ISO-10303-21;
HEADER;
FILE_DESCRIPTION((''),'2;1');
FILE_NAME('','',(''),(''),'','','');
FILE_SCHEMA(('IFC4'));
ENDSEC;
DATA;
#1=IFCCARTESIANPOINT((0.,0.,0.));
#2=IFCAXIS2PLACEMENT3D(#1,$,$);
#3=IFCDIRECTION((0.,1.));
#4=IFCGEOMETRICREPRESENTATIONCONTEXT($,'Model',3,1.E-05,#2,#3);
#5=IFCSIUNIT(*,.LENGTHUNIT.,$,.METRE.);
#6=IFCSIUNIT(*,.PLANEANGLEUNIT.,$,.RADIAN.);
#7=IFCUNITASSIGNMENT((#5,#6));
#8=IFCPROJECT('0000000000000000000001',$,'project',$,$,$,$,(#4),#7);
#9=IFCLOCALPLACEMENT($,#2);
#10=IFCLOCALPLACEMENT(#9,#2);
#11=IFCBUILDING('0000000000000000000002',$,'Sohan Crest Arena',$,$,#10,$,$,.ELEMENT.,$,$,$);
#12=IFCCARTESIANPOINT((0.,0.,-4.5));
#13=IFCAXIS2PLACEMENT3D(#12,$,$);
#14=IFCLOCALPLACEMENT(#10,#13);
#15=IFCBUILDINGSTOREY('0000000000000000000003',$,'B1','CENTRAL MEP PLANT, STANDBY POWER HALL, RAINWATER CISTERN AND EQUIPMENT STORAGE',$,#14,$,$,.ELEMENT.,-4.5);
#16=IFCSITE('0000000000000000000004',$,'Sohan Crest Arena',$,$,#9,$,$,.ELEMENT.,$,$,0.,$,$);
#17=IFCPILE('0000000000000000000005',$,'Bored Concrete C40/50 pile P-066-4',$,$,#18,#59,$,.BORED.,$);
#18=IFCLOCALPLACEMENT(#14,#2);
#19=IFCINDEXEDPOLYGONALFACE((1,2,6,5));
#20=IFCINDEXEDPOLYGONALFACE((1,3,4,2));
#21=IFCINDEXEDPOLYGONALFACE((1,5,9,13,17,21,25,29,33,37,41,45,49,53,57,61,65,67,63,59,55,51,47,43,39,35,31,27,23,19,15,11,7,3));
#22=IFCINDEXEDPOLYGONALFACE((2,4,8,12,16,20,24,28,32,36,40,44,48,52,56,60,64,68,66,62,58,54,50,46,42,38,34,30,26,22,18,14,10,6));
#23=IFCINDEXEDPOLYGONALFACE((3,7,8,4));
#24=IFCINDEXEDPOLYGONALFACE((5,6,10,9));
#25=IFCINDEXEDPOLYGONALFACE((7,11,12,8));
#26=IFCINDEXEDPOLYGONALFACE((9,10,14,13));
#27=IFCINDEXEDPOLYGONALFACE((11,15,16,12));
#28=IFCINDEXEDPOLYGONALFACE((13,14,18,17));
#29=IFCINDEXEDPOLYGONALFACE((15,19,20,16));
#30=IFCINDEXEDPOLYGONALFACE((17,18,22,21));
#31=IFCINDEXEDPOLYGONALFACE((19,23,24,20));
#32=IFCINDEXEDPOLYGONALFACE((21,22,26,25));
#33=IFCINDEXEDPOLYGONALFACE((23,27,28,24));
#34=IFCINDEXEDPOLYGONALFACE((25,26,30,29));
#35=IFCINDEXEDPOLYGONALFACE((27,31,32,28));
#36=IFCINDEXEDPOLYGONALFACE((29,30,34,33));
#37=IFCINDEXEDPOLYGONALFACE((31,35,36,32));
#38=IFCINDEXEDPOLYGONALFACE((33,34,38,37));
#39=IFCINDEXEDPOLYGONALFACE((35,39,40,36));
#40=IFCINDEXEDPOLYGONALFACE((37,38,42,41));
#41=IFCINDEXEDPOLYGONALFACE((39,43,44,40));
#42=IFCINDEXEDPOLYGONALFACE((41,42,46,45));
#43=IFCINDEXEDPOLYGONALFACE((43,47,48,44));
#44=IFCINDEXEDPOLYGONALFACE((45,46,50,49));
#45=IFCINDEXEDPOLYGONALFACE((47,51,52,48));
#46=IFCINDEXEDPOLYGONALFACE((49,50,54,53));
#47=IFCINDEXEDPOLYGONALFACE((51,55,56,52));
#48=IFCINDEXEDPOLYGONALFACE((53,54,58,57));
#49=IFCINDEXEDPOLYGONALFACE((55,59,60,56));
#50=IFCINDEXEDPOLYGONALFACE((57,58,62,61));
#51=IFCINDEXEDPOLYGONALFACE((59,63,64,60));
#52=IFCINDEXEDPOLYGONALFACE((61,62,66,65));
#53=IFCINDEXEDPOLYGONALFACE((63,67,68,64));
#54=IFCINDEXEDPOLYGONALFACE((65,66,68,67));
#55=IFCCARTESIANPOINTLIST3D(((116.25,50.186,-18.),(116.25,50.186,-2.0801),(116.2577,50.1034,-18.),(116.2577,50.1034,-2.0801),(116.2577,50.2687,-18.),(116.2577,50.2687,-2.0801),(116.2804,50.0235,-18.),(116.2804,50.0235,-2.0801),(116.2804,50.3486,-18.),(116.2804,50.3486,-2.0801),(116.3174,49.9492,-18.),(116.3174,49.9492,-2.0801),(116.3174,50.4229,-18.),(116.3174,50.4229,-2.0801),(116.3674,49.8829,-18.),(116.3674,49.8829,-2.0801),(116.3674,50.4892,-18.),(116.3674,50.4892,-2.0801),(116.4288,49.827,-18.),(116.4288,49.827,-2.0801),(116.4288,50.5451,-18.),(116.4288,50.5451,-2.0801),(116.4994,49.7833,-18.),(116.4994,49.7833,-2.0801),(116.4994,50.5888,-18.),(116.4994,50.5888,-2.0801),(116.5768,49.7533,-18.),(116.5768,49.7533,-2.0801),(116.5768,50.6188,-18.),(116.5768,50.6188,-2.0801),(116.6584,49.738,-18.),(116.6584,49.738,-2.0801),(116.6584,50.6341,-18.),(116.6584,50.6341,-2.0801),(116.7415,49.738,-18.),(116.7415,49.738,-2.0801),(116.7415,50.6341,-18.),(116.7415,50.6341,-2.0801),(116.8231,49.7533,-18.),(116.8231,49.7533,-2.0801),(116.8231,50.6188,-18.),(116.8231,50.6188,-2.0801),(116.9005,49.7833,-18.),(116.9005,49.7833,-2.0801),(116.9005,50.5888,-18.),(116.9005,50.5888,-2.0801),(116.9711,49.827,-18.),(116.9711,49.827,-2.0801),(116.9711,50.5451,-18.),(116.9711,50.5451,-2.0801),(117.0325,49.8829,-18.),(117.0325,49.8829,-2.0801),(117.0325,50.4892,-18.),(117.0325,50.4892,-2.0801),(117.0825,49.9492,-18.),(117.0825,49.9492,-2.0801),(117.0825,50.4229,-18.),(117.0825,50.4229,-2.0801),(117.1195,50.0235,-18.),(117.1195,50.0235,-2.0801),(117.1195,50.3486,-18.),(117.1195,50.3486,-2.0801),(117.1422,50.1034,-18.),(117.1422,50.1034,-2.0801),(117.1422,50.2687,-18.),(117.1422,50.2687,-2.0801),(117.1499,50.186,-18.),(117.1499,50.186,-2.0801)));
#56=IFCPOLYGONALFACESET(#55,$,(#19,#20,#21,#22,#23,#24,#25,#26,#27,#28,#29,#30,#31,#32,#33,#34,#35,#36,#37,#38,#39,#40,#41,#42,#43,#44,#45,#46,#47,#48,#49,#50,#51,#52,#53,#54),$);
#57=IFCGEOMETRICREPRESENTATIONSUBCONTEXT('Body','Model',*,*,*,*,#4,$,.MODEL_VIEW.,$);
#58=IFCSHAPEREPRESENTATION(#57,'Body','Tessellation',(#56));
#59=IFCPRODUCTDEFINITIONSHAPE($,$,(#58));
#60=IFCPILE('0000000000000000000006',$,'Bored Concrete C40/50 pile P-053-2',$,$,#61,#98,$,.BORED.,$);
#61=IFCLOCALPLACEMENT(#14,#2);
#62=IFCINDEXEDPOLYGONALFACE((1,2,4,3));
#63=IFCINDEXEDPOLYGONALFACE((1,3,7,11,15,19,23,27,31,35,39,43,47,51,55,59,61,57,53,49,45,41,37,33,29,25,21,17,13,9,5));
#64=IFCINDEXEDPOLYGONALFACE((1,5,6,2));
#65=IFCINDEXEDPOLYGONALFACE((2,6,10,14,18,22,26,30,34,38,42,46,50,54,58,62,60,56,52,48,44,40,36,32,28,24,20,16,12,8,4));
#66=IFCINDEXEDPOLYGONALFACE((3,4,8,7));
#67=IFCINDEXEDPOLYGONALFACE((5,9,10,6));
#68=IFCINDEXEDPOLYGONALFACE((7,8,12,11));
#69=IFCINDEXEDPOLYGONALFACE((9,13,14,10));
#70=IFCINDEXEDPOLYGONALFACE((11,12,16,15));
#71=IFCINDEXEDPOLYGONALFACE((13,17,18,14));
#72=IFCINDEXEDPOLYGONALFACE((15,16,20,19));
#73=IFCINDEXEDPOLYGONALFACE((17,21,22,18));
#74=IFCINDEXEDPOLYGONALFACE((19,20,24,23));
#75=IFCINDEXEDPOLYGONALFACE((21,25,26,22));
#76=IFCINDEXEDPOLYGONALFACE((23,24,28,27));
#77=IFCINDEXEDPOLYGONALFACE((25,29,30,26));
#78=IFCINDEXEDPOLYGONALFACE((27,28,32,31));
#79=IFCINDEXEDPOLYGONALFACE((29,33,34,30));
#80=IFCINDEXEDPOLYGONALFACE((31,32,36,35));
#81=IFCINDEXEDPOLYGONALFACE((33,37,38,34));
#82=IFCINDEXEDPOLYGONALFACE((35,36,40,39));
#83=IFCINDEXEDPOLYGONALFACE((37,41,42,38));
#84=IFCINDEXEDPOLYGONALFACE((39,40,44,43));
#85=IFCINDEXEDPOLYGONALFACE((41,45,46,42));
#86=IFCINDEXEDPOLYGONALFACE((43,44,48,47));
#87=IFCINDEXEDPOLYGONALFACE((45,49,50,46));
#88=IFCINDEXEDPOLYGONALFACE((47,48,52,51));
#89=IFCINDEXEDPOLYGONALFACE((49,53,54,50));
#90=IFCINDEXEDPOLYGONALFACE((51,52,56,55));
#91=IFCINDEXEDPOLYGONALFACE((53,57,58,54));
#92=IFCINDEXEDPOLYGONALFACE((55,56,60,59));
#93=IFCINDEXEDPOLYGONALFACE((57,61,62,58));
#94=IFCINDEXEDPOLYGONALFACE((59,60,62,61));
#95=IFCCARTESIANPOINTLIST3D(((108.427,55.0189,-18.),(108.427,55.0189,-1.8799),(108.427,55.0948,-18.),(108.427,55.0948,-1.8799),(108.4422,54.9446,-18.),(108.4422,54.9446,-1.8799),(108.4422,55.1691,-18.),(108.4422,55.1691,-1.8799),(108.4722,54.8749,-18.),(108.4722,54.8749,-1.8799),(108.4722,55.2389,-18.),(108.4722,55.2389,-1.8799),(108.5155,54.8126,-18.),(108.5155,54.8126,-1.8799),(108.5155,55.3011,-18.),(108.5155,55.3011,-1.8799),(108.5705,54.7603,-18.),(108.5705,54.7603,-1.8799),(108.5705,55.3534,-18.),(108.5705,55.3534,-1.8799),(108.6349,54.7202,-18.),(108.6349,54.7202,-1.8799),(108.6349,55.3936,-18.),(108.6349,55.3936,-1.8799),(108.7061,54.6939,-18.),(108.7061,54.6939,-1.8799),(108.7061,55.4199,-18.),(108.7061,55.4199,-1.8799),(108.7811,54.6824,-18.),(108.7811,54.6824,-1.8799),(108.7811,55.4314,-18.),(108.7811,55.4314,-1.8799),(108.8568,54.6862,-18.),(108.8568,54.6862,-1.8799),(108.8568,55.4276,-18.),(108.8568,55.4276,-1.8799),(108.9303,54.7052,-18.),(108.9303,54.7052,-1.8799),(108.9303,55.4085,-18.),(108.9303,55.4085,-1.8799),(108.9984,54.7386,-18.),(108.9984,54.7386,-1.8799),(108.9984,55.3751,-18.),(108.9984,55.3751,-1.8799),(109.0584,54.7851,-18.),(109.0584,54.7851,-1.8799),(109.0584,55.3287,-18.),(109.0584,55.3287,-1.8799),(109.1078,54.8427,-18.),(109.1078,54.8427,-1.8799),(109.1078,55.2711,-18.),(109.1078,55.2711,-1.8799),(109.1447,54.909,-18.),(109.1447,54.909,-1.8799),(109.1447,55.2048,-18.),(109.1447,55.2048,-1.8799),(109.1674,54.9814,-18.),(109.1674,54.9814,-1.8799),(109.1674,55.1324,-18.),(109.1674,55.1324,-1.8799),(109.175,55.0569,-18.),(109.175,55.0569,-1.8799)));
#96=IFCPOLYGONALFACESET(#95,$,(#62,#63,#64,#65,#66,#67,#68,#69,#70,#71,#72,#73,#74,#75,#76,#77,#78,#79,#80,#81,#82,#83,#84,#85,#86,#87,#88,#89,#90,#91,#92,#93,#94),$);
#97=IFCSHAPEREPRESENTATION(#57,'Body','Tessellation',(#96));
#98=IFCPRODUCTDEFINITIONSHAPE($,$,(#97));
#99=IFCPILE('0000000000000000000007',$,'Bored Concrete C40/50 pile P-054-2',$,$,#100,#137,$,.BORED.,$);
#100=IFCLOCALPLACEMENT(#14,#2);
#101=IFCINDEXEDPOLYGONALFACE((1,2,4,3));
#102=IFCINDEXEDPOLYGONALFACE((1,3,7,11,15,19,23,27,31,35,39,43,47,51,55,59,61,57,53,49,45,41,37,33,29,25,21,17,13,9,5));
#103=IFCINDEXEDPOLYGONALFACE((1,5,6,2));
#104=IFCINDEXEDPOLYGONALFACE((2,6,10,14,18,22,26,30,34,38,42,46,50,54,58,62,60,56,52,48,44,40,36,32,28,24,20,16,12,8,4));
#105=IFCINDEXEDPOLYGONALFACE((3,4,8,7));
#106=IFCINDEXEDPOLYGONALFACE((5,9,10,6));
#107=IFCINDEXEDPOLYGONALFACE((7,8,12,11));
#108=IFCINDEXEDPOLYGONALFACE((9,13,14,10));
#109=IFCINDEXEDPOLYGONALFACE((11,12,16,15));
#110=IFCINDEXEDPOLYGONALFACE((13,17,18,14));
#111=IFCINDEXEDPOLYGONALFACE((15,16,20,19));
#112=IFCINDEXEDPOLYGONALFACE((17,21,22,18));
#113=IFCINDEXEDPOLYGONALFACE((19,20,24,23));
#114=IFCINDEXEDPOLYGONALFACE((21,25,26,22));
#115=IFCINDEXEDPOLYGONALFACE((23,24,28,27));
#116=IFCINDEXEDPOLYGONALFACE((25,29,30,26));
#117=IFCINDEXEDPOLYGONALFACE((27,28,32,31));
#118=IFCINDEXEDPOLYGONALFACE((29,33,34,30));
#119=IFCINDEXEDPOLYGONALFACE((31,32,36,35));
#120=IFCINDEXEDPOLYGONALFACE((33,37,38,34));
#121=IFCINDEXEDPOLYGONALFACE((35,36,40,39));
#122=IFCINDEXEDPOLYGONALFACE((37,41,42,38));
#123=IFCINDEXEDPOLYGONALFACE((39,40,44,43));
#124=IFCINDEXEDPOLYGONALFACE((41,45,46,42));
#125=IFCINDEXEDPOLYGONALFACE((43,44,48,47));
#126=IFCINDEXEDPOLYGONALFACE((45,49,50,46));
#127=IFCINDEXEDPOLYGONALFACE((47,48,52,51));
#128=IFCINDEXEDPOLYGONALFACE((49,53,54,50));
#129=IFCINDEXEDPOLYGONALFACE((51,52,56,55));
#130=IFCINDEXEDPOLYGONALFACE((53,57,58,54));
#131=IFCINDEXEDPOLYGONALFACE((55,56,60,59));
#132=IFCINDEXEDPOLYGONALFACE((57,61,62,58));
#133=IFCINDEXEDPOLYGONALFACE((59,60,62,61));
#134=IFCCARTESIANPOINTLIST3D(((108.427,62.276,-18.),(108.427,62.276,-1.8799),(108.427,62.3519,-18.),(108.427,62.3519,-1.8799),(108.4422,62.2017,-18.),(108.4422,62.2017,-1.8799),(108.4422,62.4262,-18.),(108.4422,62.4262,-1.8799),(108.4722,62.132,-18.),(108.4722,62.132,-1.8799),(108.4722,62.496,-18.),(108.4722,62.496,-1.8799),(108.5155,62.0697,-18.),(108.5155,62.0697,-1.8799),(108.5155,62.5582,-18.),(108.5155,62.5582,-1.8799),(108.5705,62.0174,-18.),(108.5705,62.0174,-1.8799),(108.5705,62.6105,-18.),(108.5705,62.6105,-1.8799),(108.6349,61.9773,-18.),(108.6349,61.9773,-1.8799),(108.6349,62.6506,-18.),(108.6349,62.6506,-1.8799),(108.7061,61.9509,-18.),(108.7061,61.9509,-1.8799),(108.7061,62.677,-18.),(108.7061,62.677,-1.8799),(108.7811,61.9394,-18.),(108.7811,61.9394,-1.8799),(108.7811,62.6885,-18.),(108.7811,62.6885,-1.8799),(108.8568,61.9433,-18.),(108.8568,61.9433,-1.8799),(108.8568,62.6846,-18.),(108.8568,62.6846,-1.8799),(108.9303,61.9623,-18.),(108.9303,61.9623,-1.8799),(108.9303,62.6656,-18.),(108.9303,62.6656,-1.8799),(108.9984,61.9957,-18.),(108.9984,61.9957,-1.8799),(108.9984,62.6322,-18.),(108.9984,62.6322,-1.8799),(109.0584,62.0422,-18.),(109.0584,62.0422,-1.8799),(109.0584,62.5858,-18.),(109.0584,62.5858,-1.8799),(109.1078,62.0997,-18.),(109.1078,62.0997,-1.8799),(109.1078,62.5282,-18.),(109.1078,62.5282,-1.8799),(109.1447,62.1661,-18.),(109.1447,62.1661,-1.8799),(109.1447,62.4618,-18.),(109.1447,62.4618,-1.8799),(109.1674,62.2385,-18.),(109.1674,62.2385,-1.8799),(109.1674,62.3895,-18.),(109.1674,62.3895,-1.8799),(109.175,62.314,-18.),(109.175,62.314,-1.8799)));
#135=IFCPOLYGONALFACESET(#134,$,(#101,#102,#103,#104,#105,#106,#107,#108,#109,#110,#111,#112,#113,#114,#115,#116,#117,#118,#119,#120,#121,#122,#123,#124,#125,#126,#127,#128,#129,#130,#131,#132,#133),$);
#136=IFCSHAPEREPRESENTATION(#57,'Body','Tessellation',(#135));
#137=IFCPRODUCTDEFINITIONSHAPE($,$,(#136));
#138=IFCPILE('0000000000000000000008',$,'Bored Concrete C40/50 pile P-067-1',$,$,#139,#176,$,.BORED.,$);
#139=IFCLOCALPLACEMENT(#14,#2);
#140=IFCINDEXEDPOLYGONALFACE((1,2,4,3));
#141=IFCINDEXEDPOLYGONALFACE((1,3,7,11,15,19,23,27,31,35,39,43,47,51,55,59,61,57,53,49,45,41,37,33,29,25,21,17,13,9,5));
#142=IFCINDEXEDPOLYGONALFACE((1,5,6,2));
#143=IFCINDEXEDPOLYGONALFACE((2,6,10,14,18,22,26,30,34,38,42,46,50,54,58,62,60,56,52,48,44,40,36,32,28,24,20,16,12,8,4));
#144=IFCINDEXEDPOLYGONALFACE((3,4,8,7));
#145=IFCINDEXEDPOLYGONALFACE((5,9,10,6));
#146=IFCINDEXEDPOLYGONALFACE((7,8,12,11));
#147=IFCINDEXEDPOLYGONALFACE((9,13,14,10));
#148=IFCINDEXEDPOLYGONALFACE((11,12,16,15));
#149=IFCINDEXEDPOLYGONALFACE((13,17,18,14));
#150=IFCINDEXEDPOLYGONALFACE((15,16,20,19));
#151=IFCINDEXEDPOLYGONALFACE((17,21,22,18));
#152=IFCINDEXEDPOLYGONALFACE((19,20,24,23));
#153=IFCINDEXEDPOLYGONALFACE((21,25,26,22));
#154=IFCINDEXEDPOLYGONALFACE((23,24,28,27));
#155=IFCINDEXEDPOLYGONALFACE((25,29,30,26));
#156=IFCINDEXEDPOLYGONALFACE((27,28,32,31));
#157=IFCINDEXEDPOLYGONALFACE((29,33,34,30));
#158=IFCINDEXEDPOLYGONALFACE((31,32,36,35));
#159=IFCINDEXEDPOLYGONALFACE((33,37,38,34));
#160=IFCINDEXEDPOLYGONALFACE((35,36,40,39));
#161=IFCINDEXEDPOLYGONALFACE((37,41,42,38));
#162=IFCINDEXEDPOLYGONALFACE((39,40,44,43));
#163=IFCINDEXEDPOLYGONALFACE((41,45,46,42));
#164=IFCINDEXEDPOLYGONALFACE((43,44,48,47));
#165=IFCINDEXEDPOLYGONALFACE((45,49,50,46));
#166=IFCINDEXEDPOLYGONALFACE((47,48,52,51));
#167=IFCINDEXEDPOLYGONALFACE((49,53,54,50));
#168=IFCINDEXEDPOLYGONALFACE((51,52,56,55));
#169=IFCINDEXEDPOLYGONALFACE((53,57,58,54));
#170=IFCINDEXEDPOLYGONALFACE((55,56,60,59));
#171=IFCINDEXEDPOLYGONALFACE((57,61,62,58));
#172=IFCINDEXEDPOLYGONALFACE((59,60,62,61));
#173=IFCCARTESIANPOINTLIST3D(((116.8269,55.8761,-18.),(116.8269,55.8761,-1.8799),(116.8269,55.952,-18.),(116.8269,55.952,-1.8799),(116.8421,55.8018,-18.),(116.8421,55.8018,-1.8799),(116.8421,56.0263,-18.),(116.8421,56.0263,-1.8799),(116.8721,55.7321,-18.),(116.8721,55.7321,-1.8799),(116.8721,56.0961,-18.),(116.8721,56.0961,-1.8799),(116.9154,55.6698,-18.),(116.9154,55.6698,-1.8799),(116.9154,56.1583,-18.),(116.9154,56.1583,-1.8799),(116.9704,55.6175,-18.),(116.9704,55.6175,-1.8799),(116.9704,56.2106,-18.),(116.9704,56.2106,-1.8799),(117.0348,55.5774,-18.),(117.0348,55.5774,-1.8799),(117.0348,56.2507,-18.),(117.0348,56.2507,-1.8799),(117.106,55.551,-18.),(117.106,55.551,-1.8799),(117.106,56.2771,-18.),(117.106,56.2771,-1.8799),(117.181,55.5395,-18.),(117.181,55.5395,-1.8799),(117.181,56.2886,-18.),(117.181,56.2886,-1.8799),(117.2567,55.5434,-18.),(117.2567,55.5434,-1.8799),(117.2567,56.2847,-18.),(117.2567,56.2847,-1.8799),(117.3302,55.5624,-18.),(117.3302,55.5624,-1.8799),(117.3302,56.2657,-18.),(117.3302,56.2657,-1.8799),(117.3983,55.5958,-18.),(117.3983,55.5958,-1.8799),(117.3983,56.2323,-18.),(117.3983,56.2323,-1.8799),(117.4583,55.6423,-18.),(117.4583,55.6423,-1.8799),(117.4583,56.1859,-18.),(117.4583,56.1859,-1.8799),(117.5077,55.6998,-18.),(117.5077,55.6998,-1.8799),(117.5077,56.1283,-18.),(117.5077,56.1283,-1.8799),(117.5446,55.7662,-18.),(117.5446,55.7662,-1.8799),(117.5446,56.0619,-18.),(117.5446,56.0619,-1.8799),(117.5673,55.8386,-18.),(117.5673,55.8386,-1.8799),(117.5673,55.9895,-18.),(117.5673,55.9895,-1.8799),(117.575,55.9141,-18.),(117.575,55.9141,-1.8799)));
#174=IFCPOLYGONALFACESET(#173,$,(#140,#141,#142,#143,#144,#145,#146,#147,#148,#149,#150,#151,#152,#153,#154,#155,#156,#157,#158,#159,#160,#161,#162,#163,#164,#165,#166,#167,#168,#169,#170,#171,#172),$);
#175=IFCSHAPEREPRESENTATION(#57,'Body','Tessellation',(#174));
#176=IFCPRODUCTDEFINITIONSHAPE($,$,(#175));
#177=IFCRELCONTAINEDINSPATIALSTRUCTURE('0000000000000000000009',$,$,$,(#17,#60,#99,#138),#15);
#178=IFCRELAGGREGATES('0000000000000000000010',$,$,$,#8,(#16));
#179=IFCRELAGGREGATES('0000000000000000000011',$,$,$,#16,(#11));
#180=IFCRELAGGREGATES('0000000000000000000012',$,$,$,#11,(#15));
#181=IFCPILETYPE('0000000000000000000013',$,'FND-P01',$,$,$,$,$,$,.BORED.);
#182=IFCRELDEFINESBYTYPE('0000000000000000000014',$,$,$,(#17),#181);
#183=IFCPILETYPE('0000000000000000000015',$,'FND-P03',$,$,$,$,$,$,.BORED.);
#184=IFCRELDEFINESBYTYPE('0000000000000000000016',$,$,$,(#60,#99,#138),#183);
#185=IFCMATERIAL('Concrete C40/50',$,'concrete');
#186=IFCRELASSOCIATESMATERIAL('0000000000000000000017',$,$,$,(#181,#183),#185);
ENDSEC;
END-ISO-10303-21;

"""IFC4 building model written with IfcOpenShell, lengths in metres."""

from ifc_helpers import new_model, si_unit, direction, frame, origin, origin_2d, place, context, subcontext, project, spatial, circle, extrude, material, material_profile, profile_set, type_object, element, save


model = new_model("IFC4")

# Units and contexts
model_context = context("Model", 3, precision=1e-05, world=origin(), true_north=direction((0.0, 1.0)))
body_context = subcontext(model_context, "Body", "Model", "MODEL_VIEW")
ifc_project = project(units=[si_unit("LENGTHUNIT", "METRE"), si_unit("PLANEANGLEUNIT", "RADIAN")], contexts=[model_context])

# Site, building, storey
site_placement = place(None, origin())
site = spatial("IfcSite", under=ifc_project, at=site_placement, Name="Sohan Crest Arena", CompositionType="ELEMENT", RefElevation=0.0)
building_placement = place(site_placement, origin())
building = spatial("IfcBuilding", under=site, at=building_placement, Name="Sohan Crest Arena", CompositionType="ELEMENT")
storey_placement = place(building_placement, frame((0.0, 0.0, -4.5)))
storey = spatial("IfcBuildingStorey", under=building, at=storey_placement, Name="B1", Description="CENTRAL MEP PLANT, STANDBY POWER HALL, RAINWATER CISTERN AND EQUIPMENT STORAGE", CompositionType="ELEMENT", Elevation=-4.5)

# Shared definitions
ifc_material_1 = material(Name="Concrete C40/50", Category="concrete")

# Piles
ifc_material_profile_1 = material_profile(ifc_material_1, circle(Radius=0.45, at=origin_2d()), Name="PILE D900")
ifc_profile_set_1 = profile_set([ifc_material_profile_1], Name="Concrete C40/50")
pile_type_1 = type_object("IfcPileType", Name="FND-P01", PredefinedType="BORED", material=ifc_profile_set_1)
for number, where, z_axis, x_axis, name in (
    (1, (116.7, 50.186, -18.0), (0.0, 0.0, 1.0), (1.0, 0.0, 0.0), "Bored Concrete C40/50 pile P-066-4"),
):
    element("IfcPile", number, at=place(storey_placement, frame(where, z_axis=z_axis, x_axis=x_axis)), inside=storey, type_object=pile_type_1, Name=name, PredefinedType="BORED", context=body_context, shape_type="SweptSolid", body=[
        extrude(circle(Radius=0.45, at=origin_2d()), origin(), (0.0, 0.0, 1.0), 15.9199),
    ])
ifc_material_profile_2 = material_profile(ifc_material_1, circle(Radius=0.375, at=origin_2d()), Name="PILE D750")
ifc_profile_set_2 = profile_set([ifc_material_profile_2], Name="Concrete C40/50")
pile_type_2 = type_object("IfcPileType", Name="FND-P03", PredefinedType="BORED", material=ifc_profile_set_2)
for number, where, z_axis, x_axis, name in (
    (2, (108.8, 55.0569, -18.0), (0.0, 0.0, 1.0), (1.0, 0.0, 0.0), "Bored Concrete C40/50 pile P-053-2"),
    (3, (108.8, 62.314, -18.0), (0.0, 0.0, 1.0), (1.0, 0.0, 0.0), "Bored Concrete C40/50 pile P-054-2"),
    (4, (117.2, 55.9141, -18.0), (0.0, 0.0, 1.0), (1.0, 0.0, 0.0), "Bored Concrete C40/50 pile P-067-1"),
):
    element("IfcPile", number, at=place(storey_placement, frame(where, z_axis=z_axis, x_axis=x_axis)), inside=storey, type_object=pile_type_2, Name=name, PredefinedType="BORED", context=body_context, shape_type="SweptSolid", body=[
        extrude(circle(Radius=0.375, at=origin_2d()), origin(), (0.0, 0.0, 1.0), 16.1201),
    ])

save(model, "model.ifc")
